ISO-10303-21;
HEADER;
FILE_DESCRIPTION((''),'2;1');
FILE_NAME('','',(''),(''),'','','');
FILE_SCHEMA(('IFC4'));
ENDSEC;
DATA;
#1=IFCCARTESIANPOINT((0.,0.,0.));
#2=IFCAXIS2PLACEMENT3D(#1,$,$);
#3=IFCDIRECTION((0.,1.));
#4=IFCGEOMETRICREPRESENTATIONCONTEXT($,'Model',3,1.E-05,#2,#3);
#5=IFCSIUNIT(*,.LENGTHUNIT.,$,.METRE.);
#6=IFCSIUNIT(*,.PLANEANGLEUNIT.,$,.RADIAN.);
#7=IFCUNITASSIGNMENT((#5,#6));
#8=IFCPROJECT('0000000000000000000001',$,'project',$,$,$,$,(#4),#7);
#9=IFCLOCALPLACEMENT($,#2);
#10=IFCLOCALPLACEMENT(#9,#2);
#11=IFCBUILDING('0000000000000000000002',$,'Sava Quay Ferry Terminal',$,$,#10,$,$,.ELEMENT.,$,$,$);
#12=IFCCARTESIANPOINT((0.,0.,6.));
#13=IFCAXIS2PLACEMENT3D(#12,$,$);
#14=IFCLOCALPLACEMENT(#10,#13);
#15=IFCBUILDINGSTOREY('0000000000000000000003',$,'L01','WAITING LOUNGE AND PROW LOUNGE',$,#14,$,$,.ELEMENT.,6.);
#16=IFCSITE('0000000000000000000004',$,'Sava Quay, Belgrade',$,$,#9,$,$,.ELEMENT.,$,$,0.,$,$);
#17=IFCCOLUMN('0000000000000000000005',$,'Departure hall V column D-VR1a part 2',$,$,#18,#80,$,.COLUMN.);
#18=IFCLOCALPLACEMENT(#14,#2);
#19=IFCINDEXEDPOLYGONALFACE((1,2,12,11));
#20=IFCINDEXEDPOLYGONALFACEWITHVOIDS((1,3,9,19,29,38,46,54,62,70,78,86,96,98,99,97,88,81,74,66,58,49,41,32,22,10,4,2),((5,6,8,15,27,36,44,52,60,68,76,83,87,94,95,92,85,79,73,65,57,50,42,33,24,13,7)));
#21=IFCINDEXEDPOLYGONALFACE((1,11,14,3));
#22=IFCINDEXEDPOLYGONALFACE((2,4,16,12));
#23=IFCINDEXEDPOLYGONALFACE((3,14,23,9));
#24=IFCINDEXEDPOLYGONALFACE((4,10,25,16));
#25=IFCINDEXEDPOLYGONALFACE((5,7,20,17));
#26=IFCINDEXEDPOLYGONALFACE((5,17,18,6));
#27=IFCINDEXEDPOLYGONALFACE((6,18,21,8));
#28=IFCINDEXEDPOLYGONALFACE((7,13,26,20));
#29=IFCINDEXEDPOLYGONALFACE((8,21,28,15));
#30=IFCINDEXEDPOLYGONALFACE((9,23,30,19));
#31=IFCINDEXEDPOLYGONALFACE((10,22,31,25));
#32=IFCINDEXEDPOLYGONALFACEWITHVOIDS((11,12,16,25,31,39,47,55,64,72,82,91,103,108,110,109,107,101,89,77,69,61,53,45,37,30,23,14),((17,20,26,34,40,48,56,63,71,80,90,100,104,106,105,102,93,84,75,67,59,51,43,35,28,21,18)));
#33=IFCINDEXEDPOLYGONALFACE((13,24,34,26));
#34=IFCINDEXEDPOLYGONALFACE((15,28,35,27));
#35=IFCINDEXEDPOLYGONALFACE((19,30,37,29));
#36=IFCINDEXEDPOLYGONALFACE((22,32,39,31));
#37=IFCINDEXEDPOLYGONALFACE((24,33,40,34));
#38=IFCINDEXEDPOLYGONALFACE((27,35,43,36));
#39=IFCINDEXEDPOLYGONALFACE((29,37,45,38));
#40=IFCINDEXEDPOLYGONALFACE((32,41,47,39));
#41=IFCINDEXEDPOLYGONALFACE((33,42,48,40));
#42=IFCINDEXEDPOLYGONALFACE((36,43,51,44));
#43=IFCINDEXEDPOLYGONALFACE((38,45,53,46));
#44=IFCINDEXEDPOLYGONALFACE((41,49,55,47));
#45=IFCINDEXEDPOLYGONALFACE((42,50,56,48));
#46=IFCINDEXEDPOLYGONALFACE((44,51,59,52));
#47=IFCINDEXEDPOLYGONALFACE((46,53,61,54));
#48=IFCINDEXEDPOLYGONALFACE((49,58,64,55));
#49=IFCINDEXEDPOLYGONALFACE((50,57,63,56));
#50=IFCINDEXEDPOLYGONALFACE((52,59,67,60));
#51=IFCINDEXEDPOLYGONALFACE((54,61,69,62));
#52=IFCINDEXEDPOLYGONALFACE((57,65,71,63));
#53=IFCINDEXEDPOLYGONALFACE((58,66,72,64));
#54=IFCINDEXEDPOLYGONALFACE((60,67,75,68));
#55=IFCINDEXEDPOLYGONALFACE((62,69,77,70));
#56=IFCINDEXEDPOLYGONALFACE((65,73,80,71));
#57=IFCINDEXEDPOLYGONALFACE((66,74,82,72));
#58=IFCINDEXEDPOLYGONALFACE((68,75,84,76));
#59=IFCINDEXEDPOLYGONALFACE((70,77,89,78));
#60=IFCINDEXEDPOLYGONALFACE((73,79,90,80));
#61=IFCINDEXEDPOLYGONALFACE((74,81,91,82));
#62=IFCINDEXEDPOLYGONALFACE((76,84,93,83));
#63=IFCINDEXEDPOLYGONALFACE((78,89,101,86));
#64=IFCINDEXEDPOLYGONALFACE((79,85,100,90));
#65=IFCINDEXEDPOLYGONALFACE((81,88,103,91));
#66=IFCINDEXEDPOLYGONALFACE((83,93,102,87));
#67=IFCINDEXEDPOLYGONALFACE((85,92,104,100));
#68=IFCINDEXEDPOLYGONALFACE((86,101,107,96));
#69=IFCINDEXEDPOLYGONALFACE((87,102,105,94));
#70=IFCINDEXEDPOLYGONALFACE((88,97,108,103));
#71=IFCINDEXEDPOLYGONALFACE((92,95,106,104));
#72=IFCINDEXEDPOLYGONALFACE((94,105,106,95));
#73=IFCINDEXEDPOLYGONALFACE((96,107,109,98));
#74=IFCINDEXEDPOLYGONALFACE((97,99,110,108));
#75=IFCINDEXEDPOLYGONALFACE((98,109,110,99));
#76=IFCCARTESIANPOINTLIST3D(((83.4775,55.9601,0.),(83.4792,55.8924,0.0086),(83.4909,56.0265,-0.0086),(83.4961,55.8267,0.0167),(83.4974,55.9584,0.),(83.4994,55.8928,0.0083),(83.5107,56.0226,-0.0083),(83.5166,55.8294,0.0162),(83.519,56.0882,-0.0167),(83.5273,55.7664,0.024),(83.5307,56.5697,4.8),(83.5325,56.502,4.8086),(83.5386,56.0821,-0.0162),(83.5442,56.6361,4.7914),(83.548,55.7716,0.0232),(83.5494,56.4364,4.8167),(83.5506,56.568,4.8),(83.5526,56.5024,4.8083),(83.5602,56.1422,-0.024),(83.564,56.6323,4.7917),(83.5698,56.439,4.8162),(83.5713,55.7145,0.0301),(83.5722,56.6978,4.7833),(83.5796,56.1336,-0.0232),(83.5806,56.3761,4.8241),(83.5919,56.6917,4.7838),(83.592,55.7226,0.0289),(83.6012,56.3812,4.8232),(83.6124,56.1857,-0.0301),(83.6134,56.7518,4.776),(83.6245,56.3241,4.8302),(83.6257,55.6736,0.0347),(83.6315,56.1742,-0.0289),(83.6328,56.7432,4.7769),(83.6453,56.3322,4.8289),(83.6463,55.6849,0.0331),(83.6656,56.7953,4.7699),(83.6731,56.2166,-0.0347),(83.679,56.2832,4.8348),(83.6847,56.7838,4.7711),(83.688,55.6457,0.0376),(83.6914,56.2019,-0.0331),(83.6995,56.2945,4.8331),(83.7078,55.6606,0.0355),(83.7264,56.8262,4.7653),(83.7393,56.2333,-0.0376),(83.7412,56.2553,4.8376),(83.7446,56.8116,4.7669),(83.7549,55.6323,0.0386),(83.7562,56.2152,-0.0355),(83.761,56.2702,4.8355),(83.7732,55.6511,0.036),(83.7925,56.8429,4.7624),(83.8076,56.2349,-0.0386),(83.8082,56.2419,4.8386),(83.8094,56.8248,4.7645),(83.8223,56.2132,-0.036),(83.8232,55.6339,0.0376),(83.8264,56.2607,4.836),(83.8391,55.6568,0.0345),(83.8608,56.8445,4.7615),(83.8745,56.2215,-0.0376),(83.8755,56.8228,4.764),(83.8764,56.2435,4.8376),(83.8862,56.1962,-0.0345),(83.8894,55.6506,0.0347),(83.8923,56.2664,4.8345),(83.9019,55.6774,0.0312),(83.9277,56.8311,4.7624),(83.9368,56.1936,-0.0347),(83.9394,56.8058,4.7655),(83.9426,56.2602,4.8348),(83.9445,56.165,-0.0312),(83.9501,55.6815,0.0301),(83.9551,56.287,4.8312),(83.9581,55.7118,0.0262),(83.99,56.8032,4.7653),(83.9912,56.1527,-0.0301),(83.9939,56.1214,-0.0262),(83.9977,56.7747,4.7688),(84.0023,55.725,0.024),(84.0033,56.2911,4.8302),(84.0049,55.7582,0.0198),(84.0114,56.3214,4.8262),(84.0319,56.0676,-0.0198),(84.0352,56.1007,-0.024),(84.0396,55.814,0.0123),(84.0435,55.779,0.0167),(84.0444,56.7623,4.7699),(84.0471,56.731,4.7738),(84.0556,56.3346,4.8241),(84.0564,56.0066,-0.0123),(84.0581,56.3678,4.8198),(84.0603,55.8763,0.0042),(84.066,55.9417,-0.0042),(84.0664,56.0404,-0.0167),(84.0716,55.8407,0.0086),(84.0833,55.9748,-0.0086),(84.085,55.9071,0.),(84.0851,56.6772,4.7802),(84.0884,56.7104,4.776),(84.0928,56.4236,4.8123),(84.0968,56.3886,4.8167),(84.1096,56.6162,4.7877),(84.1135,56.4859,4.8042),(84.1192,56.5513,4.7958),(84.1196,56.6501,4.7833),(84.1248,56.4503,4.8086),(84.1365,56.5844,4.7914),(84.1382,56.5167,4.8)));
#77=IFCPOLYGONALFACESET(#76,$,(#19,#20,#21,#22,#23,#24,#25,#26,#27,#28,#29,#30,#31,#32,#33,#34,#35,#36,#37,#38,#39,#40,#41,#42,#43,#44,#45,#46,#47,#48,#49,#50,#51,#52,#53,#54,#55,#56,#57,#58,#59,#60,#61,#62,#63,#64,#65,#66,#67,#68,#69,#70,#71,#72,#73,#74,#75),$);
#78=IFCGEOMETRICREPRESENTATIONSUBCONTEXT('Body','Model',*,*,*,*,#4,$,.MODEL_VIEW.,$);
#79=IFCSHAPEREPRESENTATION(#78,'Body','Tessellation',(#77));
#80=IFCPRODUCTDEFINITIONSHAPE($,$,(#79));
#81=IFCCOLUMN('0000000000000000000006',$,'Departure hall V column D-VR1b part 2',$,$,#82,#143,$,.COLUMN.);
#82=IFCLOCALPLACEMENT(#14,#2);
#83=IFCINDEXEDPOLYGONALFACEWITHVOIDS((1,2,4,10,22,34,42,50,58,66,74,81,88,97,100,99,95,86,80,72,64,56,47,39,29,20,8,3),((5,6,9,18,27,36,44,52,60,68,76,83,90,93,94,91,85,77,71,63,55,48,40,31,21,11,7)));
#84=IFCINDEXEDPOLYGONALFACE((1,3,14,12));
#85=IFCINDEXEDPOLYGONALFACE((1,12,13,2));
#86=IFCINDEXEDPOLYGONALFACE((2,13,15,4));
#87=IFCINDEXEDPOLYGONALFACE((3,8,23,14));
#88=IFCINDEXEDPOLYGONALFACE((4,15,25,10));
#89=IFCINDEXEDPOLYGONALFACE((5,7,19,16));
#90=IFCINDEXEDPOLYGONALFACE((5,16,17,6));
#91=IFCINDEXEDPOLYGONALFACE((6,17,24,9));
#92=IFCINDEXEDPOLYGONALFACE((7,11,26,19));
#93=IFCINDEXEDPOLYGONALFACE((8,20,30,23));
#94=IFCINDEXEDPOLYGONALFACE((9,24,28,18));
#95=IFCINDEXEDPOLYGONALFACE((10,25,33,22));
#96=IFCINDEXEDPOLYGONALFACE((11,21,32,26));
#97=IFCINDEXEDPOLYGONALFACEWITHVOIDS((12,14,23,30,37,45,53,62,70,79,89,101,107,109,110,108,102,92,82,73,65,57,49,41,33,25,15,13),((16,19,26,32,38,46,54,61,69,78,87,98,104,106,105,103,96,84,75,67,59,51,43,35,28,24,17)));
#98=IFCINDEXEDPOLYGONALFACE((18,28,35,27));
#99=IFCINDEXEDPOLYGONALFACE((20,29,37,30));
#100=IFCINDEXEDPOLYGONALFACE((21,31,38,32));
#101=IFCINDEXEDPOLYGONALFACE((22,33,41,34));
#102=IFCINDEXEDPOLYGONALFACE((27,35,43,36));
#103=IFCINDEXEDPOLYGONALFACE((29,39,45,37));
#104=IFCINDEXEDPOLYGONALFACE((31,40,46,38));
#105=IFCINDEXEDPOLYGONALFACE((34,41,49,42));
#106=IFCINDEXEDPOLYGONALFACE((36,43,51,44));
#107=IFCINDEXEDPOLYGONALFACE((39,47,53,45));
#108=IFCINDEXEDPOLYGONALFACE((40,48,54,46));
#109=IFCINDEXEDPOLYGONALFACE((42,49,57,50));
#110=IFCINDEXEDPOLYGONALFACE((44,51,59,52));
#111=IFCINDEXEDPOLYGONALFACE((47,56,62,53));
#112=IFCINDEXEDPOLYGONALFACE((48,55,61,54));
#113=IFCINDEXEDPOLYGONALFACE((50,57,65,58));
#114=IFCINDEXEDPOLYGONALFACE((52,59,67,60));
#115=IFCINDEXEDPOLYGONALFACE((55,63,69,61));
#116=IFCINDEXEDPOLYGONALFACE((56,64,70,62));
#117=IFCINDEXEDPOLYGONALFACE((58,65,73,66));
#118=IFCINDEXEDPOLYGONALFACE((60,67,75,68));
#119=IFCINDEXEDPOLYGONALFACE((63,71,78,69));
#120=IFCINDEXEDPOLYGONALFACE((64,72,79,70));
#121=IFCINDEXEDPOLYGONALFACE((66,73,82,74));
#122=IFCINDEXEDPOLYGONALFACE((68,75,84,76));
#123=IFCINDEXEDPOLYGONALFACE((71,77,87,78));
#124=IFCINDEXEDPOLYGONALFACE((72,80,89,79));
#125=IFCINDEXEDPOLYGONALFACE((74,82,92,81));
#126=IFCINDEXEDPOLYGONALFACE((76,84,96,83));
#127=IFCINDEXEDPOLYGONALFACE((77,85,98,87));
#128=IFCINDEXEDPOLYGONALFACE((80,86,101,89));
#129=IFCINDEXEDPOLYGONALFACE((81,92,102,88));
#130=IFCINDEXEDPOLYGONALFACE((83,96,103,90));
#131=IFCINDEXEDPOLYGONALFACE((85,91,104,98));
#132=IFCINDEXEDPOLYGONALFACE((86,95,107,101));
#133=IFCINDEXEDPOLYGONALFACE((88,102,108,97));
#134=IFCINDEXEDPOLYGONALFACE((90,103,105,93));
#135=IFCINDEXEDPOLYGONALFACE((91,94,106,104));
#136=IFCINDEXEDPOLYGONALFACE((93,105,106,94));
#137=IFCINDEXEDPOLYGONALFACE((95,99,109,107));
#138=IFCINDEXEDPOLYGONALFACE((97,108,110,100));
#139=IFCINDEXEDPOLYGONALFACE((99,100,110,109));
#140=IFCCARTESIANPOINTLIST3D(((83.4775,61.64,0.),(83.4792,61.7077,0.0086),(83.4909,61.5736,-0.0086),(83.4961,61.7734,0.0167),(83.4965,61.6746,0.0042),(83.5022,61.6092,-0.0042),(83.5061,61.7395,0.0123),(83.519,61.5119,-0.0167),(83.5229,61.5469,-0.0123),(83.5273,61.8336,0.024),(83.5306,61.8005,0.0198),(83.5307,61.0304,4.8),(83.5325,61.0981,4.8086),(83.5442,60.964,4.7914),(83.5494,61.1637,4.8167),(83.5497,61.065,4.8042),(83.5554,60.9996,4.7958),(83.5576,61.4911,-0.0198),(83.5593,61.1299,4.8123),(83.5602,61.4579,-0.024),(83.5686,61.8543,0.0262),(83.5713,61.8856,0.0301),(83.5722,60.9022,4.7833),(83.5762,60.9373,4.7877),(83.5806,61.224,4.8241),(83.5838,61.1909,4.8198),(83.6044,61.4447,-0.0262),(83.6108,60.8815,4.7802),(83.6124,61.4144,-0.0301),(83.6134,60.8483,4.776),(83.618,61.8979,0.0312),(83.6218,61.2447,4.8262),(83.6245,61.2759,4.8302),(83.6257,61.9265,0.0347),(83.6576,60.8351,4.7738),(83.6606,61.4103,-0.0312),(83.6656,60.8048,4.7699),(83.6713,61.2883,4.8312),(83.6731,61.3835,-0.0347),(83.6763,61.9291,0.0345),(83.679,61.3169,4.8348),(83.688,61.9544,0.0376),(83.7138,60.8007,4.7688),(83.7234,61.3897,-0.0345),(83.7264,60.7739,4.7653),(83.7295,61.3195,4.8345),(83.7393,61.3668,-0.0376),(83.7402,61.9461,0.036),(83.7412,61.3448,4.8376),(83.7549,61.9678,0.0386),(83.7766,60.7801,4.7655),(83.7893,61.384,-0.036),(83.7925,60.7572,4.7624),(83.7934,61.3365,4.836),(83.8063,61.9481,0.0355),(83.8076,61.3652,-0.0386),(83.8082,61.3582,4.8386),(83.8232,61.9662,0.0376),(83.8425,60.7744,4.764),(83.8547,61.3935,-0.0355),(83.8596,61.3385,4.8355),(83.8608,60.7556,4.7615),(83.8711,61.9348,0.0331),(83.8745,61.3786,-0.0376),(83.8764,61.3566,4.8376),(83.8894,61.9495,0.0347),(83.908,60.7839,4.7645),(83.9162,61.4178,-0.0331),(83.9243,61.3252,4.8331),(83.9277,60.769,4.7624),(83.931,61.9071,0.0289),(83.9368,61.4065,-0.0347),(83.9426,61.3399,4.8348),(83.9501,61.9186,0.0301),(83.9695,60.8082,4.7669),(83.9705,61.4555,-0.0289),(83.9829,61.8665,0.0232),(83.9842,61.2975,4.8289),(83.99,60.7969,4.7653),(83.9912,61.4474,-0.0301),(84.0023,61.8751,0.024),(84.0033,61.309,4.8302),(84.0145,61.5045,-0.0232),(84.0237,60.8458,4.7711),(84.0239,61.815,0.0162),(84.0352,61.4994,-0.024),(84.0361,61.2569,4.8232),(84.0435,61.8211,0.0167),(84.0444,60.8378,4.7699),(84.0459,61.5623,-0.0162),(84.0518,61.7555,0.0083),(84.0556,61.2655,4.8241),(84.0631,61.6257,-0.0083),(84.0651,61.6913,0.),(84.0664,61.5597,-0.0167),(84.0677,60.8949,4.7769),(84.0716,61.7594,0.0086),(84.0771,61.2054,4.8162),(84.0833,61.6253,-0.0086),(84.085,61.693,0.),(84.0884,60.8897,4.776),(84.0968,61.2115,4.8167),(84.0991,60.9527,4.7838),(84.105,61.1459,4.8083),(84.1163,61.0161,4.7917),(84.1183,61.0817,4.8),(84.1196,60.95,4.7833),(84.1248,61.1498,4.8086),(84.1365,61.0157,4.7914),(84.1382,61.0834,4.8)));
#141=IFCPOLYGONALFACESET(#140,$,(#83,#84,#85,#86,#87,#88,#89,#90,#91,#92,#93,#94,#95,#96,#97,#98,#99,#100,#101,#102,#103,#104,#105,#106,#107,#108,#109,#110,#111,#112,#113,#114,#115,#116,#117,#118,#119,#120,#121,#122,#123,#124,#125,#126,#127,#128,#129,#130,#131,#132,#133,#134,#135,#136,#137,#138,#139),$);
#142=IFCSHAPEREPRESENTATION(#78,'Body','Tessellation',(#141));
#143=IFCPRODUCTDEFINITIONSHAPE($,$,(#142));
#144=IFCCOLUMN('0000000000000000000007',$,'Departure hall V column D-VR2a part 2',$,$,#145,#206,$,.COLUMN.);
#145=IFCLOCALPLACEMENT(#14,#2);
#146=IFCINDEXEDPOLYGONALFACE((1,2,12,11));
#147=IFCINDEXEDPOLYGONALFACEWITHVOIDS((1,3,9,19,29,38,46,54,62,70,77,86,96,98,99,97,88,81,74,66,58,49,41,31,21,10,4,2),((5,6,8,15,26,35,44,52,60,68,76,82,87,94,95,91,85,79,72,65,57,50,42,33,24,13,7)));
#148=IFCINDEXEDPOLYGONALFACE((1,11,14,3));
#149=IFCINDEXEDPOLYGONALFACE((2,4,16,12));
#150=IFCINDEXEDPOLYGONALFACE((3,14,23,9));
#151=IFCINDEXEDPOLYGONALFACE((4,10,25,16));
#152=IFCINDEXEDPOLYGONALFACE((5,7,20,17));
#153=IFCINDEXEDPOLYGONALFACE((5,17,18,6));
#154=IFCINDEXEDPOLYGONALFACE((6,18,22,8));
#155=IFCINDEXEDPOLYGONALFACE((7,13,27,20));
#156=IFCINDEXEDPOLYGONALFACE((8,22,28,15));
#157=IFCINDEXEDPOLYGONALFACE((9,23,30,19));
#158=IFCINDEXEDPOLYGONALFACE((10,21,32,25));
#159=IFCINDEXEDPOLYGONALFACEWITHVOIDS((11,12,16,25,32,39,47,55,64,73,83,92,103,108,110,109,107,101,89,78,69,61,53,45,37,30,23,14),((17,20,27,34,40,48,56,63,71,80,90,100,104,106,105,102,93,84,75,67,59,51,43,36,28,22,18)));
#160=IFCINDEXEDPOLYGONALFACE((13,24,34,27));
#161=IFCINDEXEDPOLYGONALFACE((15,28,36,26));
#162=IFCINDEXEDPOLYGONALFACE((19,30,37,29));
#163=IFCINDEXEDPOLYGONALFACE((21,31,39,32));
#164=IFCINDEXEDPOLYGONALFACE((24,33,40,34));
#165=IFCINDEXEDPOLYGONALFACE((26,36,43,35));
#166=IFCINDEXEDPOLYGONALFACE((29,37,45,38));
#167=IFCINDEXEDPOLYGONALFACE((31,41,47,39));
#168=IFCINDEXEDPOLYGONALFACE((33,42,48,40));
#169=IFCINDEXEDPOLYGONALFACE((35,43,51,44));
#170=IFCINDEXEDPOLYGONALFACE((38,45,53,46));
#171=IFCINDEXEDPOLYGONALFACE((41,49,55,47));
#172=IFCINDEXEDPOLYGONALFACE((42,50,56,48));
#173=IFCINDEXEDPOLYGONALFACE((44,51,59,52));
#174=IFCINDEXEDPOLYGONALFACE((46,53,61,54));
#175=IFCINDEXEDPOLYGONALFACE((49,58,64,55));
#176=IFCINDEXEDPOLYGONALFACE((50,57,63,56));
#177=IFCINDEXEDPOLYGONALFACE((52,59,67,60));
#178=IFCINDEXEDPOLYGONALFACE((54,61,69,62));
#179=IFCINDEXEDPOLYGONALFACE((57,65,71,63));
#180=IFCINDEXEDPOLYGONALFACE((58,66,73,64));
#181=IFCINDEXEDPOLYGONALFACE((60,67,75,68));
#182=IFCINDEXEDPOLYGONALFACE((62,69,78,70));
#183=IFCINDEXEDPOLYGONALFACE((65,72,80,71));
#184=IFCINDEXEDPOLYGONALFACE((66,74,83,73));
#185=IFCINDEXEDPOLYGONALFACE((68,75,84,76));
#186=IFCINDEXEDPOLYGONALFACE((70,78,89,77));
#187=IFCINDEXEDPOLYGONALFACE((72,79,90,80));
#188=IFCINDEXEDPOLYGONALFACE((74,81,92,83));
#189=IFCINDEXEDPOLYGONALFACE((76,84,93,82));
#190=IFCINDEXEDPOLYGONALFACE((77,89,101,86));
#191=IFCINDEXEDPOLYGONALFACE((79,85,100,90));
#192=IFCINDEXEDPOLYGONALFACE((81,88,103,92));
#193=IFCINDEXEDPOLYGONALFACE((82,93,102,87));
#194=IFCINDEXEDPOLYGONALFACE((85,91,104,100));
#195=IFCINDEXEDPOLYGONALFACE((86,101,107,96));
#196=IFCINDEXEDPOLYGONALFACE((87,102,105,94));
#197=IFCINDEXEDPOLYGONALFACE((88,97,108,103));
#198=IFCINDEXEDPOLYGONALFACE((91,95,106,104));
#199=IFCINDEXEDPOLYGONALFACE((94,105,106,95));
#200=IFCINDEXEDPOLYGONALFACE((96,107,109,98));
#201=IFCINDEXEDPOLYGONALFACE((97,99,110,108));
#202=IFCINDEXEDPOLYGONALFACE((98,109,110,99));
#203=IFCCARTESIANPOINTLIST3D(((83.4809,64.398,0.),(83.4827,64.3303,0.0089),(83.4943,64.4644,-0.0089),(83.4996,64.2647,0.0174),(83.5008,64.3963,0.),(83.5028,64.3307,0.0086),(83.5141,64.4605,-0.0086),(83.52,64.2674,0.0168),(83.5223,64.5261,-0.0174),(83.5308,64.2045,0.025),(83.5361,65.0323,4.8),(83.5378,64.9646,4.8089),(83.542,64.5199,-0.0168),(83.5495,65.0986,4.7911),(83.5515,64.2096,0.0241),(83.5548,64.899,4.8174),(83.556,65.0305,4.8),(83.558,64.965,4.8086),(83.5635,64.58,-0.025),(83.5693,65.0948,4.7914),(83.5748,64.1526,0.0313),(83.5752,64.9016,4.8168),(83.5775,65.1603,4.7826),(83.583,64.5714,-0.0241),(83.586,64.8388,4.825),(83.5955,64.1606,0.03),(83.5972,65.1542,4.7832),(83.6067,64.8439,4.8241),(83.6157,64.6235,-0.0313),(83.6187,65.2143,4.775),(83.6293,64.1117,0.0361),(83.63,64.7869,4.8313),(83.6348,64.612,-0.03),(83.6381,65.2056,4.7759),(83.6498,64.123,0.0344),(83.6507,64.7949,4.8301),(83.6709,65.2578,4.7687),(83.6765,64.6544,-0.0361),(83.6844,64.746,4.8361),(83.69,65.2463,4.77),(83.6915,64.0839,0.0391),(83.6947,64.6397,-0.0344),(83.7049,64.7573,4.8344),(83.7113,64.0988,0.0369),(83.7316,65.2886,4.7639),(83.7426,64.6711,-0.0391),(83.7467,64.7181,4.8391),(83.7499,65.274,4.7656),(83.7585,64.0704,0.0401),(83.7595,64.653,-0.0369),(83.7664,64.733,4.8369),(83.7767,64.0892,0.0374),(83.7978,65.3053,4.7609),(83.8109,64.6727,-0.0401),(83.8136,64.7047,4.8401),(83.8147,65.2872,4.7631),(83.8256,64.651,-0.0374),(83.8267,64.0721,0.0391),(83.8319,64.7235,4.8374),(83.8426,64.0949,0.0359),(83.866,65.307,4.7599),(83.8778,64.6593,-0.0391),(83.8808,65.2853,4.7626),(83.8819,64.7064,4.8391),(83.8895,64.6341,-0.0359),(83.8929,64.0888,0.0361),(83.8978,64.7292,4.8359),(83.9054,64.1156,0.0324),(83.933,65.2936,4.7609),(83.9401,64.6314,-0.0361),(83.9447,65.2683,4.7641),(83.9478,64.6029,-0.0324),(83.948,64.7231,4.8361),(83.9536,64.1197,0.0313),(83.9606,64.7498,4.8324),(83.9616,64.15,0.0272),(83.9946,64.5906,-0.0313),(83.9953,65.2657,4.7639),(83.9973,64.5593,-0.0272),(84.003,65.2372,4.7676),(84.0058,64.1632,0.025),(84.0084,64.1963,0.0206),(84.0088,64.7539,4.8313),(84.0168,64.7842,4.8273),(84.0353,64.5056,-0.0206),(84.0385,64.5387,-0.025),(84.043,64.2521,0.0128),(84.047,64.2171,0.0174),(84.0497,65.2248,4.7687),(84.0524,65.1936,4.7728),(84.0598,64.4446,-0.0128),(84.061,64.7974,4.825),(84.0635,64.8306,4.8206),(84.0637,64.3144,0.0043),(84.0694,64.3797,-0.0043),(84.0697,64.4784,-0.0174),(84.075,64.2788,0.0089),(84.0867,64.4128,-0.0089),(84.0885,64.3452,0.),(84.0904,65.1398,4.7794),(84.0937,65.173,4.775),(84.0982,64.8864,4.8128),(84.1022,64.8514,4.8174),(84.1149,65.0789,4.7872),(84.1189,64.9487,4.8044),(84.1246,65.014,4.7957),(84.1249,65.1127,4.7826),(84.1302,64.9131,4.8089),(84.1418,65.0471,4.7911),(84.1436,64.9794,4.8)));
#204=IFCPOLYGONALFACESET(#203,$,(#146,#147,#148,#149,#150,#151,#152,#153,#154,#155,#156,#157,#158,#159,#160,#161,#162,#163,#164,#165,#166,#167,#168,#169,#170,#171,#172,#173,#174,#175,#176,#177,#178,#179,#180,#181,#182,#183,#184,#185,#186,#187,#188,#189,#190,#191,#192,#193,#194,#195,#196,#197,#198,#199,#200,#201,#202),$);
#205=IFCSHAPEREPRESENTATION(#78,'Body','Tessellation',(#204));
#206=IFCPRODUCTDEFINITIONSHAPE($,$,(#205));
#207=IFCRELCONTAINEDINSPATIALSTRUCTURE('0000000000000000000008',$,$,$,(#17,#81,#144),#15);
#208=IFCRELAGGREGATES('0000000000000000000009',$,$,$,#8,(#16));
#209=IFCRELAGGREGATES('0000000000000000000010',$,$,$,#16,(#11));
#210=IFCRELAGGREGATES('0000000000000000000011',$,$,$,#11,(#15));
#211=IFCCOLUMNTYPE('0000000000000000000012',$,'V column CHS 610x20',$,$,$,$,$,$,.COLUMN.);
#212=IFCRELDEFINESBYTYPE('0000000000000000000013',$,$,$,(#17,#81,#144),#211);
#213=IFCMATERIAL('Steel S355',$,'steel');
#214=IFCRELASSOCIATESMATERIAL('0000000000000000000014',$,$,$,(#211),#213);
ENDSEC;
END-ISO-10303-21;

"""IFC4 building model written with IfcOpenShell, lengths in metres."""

from ifc_helpers import new_model, si_unit, direction, frame, origin, origin_2d, place, context, subcontext, project, spatial, hollow_circle, extrude, material, material_profile, profile_set, type_object, element, save


model = new_model("IFC4")

# Units and contexts
model_context = context("Model", 3, precision=1e-05, world=origin(), true_north=direction((0.0, 1.0)))
body_context = subcontext(model_context, "Body", "Model", "MODEL_VIEW")
ifc_project = project(units=[si_unit("LENGTHUNIT", "METRE"), si_unit("PLANEANGLEUNIT", "RADIAN")], contexts=[model_context])

# Site, building, storey
site_placement = place(None, origin())
site = spatial("IfcSite", under=ifc_project, at=site_placement, Name="Sava Quay, Belgrade", CompositionType="ELEMENT", RefElevation=0.0)
building_placement = place(site_placement, origin())
building = spatial("IfcBuilding", under=site, at=building_placement, Name="Sava Quay Ferry Terminal", CompositionType="ELEMENT")
storey_placement = place(building_placement, frame((0.0, 0.0, 6.0)))
storey = spatial("IfcBuildingStorey", under=building, at=storey_placement, Name="L01", Description="WAITING LOUNGE AND PROW LOUNGE", CompositionType="ELEMENT", Elevation=6.0)

# Columns
ifc_material_1 = material(Name="Steel S355", Category="steel")
ifc_material_profile_1 = material_profile(ifc_material_1, hollow_circle(Radius=0.3049, WallThickness=0.02, at=origin_2d()), Name="CHS 610 x 20.0")
ifc_profile_set_1 = profile_set([ifc_material_profile_1], Name="Steel S355")
column_type = type_object("IfcColumnType", Name="V column CHS 610x20", PredefinedType="COLUMN", material=ifc_profile_set_1)
for number, where, z_axis, x_axis, name in (
    (1, (83.7812, 55.9336, 0.0), (0.010999, 0.125983, 0.991971), (-0.996211, 0.086974, 0.0), "Departure hall V column D-VR1a part 2"),
    (2, (83.7812, 61.6665, 0.0), (0.010999, -0.125983, 0.991971), (0.996211, 0.086974, 0.0), "Departure hall V column D-VR1b part 2"),
):
    element("IfcColumn", number, at=place(storey_placement, frame(where, z_axis=z_axis, x_axis=x_axis)), inside=storey, type_object=column_type, Name=name, PredefinedType="COLUMN", context=body_context, shape_type="SweptSolid", body=[
        extrude(hollow_circle(Radius=0.3049, WallThickness=0.02, at=origin_2d()), origin(), (0.0, 0.0, 1.0), 4.8389),
    ])
column_placement = place(storey_placement, frame((83.7847, 64.3716, 0.0), z_axis=(0.011395, 0.130993, 0.991318), x_axis=(-0.996238, 0.086663, 0.0)))
element("IfcColumn", 3, at=column_placement, inside=storey, type_object=column_type, Name="Departure hall V column D-VR2a part 2", PredefinedType="COLUMN", context=body_context, shape_type="SweptSolid", body=[
    extrude(hollow_circle(Radius=0.3049, WallThickness=0.02, at=origin_2d()), origin(), (0.0, 0.0, 1.0), 4.842),
])

save(model, "model.ifc")
